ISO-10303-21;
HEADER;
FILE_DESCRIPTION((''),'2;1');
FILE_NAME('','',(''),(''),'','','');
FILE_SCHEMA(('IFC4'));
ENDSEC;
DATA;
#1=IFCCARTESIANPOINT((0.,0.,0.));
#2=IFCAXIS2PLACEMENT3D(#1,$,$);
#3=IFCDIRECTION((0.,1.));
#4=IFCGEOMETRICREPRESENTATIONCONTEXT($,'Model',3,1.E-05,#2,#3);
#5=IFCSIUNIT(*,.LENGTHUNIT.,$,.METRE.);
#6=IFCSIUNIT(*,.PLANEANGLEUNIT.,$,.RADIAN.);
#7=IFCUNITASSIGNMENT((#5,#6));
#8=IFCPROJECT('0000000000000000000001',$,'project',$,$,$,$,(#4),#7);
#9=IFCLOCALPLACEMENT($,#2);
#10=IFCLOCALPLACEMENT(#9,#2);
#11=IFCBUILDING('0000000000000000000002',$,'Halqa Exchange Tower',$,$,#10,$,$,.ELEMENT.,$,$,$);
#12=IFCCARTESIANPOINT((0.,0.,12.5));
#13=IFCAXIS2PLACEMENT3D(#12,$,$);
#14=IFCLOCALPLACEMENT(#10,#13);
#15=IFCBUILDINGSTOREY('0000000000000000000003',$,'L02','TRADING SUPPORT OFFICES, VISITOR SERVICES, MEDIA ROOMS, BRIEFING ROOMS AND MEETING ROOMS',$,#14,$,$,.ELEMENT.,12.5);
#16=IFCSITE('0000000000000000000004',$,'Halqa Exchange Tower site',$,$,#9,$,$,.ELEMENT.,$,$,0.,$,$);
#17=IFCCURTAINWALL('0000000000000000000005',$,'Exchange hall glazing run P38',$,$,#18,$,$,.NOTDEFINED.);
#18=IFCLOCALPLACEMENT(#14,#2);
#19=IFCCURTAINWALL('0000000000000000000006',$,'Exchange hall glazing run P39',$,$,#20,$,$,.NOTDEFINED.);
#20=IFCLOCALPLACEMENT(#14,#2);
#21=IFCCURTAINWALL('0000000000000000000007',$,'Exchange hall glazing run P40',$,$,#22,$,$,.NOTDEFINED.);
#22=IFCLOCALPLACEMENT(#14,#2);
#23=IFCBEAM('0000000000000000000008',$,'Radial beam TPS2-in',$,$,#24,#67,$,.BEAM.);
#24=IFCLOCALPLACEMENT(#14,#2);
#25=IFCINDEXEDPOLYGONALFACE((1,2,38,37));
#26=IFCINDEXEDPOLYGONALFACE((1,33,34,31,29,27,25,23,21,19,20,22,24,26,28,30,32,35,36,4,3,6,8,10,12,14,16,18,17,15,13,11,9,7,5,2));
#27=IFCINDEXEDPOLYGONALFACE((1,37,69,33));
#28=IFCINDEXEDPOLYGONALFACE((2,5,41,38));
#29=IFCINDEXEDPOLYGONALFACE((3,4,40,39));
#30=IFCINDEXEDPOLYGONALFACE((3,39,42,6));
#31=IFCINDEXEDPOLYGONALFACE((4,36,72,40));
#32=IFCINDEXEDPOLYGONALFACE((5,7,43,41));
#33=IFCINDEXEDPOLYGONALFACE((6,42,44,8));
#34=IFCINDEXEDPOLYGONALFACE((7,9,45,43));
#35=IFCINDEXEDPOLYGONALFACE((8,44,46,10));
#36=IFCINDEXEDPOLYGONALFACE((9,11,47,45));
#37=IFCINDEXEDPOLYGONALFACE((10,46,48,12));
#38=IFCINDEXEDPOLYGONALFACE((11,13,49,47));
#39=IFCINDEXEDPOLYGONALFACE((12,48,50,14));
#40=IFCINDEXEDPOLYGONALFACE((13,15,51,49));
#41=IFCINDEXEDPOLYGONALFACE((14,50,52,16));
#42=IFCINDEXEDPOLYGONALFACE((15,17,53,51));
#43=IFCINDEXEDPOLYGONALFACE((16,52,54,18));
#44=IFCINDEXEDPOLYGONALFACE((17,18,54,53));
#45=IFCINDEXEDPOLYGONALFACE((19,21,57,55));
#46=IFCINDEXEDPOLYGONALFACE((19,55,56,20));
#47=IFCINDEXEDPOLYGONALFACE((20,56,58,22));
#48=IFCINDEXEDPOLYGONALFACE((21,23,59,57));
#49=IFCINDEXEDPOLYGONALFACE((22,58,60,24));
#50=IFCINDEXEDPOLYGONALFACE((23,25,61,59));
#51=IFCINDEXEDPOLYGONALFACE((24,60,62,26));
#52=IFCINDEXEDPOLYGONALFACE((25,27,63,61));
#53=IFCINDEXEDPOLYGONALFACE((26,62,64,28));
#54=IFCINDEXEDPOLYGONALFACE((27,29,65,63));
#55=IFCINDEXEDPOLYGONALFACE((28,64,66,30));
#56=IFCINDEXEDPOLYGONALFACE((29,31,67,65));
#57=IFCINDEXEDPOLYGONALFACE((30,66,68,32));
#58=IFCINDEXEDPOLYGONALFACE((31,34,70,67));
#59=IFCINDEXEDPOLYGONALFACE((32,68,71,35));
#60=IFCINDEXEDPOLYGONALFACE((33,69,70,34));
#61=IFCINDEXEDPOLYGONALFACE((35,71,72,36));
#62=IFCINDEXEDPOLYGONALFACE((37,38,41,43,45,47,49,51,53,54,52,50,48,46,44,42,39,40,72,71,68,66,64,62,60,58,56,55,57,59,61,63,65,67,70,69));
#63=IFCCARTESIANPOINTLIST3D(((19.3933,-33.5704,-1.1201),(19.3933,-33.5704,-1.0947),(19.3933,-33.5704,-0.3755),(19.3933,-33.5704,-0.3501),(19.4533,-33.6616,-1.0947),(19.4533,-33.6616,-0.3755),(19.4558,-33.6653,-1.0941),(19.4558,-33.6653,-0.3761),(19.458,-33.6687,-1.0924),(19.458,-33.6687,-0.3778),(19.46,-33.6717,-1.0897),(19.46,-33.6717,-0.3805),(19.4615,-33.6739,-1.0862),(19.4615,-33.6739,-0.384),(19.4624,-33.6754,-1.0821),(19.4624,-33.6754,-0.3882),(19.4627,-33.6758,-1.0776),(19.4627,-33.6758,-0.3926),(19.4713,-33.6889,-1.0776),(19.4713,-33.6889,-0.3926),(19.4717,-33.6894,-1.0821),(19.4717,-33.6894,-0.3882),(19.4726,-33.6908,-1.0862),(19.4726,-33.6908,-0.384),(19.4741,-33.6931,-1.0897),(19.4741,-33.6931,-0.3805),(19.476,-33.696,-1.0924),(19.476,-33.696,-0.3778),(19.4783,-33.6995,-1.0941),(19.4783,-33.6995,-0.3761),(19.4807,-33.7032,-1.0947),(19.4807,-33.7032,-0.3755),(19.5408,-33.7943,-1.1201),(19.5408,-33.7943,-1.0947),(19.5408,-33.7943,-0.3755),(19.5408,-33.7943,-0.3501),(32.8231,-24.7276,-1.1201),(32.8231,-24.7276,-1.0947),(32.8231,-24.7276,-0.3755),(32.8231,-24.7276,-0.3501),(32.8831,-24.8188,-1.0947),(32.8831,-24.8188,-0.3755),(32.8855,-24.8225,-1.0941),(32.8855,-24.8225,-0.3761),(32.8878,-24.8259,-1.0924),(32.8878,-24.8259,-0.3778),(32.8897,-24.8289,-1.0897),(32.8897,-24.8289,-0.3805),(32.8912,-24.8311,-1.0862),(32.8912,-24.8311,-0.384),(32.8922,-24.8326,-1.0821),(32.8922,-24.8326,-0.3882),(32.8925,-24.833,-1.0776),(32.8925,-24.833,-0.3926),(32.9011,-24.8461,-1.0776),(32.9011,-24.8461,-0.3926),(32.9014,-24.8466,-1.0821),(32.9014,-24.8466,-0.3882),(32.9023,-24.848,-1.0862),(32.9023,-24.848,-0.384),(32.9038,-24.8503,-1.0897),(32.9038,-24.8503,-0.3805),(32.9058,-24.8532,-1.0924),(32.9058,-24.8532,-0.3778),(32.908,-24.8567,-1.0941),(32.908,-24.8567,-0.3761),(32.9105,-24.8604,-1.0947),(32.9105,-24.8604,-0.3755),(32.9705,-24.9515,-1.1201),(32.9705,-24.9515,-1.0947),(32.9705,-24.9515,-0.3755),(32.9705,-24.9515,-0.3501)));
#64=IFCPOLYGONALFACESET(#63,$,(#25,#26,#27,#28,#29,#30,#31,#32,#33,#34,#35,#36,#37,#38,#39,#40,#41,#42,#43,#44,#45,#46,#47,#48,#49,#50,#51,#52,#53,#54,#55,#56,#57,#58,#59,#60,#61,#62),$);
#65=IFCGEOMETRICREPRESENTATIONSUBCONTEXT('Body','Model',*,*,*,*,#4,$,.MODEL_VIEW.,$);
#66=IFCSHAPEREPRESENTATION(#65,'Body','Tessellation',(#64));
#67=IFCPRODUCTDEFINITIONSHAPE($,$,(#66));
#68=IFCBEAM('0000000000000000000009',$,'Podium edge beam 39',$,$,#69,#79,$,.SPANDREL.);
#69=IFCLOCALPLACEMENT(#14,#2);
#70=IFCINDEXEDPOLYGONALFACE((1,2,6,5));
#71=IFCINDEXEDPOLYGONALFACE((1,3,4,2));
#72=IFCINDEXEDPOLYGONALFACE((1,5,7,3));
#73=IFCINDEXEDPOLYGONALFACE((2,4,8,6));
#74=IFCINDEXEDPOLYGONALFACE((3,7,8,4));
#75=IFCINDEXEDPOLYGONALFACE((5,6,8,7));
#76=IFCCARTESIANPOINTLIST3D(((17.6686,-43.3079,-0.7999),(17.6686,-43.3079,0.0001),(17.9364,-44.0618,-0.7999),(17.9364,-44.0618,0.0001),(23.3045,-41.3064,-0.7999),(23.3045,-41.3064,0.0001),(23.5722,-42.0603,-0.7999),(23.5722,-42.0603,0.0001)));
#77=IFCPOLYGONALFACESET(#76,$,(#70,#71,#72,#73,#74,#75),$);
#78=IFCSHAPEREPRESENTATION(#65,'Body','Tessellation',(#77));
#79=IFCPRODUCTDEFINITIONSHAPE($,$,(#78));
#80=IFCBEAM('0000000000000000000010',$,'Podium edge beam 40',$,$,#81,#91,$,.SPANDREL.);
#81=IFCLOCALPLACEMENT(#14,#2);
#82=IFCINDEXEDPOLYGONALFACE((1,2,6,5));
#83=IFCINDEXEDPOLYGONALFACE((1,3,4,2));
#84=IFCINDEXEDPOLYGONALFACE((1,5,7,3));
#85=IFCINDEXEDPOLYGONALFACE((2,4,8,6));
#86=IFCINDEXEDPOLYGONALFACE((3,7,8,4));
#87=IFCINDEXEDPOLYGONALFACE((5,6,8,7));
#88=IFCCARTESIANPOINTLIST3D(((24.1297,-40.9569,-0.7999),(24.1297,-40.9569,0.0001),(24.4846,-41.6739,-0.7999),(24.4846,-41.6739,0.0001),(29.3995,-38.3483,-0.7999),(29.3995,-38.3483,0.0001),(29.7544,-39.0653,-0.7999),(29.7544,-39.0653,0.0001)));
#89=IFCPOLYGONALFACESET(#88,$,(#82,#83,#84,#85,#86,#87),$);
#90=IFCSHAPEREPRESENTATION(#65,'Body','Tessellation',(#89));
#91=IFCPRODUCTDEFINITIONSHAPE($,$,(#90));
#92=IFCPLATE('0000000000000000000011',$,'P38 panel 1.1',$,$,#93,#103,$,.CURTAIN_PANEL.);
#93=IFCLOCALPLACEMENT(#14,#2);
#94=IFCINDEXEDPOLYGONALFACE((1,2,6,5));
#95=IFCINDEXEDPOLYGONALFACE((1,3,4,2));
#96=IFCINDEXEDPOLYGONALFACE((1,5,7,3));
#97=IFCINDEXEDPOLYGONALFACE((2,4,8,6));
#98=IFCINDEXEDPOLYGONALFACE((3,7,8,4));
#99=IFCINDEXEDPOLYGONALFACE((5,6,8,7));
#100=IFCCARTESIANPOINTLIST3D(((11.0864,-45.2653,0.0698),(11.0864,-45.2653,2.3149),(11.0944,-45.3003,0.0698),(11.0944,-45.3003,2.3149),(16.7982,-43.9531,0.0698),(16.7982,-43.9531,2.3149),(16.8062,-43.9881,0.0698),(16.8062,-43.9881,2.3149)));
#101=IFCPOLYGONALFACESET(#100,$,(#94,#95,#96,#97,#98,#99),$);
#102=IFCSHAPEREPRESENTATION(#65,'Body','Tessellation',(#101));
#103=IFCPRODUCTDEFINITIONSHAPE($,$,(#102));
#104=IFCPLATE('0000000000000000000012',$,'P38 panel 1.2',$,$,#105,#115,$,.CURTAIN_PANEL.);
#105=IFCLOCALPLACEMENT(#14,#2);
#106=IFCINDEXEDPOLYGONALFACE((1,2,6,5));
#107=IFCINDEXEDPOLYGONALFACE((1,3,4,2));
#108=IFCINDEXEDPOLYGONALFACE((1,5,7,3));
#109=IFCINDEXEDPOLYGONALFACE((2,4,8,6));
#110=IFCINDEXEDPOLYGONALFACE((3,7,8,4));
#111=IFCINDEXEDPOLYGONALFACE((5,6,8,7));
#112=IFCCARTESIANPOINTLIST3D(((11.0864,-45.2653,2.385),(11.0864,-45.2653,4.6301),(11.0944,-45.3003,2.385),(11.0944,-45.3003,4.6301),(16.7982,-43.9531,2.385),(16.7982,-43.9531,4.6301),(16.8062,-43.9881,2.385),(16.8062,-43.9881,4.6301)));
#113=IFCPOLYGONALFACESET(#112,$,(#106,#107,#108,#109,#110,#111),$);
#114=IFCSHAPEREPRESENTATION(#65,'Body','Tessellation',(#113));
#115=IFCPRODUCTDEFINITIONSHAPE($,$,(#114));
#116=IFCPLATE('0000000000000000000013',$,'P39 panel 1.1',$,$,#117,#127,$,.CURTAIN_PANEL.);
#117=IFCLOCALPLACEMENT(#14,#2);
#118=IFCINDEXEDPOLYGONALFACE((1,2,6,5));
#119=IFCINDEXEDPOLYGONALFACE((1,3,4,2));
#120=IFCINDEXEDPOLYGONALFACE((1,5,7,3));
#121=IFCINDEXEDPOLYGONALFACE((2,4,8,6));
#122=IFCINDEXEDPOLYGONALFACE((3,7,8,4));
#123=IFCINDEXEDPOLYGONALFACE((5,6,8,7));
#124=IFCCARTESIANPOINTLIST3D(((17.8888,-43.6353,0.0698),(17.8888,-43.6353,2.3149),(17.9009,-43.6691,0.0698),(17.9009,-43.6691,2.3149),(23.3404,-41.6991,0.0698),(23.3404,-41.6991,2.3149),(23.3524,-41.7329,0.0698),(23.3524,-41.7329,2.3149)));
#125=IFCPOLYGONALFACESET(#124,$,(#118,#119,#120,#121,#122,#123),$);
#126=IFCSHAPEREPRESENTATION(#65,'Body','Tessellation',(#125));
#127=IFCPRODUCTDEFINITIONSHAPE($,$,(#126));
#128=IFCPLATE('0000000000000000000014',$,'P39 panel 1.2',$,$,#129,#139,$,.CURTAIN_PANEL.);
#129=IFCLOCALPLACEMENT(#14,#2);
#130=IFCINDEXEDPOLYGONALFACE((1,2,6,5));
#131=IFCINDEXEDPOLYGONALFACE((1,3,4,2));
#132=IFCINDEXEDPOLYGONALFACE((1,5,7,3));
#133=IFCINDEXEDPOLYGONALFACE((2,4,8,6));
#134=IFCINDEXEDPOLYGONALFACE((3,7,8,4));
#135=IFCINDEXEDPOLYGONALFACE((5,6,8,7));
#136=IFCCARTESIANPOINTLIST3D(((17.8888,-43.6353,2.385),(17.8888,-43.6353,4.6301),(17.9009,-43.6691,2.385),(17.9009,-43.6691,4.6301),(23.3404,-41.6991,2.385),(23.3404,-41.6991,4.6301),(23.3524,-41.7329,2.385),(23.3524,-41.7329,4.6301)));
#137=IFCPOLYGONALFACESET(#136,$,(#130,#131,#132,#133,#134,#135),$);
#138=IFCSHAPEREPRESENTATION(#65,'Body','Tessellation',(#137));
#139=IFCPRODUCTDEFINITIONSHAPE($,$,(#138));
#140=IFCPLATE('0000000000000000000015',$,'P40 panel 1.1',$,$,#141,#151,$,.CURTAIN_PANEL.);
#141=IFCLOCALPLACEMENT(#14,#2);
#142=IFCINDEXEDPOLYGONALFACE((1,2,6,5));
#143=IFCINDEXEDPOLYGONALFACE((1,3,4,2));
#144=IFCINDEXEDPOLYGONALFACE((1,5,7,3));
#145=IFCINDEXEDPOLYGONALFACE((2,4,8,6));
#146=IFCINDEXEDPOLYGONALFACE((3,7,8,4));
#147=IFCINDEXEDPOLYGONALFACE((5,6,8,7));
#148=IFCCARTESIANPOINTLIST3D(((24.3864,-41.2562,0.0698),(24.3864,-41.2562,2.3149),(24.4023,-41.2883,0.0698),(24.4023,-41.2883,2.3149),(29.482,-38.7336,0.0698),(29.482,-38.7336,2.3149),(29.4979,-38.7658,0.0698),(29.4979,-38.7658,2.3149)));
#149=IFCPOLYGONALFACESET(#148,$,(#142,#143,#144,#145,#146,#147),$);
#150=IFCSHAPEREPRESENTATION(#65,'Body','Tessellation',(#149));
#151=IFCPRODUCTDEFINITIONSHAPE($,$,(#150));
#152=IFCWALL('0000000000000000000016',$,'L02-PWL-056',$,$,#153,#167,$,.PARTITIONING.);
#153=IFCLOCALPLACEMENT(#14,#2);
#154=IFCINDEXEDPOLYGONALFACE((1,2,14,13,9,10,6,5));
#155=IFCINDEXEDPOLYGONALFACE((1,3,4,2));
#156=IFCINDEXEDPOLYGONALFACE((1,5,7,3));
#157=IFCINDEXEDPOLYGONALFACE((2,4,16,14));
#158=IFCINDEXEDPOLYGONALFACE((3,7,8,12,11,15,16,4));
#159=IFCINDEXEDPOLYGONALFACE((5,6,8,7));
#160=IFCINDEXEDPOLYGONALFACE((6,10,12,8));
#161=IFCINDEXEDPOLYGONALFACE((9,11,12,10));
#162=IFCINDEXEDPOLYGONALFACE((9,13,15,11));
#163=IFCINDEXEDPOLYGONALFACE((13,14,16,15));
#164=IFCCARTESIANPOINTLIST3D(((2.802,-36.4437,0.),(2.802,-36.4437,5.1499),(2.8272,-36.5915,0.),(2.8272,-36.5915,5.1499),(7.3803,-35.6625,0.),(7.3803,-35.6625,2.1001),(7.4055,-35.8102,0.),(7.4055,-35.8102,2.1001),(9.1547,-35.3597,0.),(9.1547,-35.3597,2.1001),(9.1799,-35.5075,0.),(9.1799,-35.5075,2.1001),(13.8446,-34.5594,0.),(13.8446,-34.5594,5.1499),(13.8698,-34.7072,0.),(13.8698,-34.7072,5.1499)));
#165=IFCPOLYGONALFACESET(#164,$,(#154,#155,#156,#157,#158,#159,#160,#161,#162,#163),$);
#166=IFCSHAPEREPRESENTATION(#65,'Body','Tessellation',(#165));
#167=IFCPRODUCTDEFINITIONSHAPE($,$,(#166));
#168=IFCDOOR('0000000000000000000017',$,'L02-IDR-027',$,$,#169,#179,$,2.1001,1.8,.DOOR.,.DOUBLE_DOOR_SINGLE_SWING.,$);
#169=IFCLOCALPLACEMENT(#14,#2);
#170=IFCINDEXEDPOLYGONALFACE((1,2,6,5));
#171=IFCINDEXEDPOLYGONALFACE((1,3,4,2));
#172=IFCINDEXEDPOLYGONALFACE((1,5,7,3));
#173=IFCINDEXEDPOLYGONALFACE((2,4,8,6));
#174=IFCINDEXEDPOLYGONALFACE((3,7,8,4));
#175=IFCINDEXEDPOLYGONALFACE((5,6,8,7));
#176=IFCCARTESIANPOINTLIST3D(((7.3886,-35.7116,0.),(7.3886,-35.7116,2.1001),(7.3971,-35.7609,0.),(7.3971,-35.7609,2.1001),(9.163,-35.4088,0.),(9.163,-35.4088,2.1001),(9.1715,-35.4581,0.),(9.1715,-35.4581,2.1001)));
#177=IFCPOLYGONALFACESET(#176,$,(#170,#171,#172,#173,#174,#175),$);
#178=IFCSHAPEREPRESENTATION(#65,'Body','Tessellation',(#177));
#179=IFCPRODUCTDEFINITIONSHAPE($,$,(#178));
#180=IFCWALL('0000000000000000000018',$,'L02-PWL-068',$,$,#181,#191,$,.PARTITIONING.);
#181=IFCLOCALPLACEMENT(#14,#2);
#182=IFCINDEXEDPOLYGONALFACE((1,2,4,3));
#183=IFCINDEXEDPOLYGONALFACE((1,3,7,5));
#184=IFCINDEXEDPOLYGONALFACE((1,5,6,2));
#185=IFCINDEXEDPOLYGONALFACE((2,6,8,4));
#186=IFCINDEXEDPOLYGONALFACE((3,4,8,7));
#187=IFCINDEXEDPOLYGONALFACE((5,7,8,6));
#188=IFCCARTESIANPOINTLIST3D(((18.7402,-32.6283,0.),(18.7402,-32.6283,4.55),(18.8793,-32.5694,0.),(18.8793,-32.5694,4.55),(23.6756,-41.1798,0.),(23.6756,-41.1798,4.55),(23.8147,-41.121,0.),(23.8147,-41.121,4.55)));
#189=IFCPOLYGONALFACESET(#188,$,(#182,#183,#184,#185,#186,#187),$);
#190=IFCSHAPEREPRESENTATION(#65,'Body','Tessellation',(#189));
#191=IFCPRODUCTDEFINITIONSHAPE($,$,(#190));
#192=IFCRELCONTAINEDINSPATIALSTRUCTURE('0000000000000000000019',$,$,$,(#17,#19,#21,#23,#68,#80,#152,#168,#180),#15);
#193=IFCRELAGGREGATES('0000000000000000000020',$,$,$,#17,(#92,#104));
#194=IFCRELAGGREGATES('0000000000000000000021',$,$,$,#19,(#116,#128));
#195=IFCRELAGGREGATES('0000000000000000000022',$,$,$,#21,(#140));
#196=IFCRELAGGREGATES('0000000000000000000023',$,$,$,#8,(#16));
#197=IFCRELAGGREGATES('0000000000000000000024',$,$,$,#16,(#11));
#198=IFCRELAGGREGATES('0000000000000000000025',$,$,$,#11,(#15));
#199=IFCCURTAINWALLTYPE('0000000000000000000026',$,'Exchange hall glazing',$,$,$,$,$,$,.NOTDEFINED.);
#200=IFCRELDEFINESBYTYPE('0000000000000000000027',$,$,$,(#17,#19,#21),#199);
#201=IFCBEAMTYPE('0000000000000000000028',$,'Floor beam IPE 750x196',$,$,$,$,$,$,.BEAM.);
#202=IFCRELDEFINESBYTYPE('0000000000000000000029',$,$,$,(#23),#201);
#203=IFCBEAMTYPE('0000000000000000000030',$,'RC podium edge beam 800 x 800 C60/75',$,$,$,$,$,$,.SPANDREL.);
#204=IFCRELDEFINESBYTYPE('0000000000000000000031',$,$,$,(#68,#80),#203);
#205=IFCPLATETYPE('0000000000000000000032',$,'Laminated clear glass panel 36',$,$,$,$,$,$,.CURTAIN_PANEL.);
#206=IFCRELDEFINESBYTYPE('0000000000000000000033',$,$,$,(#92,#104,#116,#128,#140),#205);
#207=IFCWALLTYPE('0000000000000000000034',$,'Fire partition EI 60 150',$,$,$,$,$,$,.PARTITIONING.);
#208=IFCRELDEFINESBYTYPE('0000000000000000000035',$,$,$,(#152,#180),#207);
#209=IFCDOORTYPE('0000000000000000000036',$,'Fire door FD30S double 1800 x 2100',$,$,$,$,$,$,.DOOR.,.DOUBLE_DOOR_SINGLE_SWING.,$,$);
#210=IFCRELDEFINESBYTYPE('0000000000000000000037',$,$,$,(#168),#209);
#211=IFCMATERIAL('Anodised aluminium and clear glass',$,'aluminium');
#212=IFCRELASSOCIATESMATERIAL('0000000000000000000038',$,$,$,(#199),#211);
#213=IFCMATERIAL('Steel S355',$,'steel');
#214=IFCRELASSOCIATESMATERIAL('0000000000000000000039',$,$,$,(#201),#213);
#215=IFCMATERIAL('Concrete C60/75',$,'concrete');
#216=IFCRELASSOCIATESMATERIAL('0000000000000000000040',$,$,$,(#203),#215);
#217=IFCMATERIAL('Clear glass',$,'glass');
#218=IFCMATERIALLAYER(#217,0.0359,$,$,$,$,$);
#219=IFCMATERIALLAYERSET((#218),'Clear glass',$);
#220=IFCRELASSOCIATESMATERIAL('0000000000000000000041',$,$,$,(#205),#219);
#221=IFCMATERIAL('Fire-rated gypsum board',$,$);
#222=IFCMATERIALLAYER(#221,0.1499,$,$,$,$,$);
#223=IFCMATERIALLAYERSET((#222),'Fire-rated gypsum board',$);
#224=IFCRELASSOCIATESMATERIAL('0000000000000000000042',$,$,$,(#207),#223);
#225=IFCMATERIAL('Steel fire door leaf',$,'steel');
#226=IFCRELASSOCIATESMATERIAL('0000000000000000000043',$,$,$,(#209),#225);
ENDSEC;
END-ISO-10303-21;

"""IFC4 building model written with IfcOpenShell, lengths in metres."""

from ifc_helpers import new_model, si_unit, direction, frame, frame_2d, origin, origin_2d, place, context, subcontext, project, spatial, polyline, rectangle, i_section, outline, extrude, material, layer, layer_set, material_profile, profile_set, type_object, element, fill, aggregate, save


model = new_model("IFC4")

# Units and contexts
model_context = context("Model", 3, precision=1e-05, world=origin(), true_north=direction((0.0, 1.0)))
body_context = subcontext(model_context, "Body", "Model", "MODEL_VIEW")
ifc_project = project(units=[si_unit("LENGTHUNIT", "METRE"), si_unit("PLANEANGLEUNIT", "RADIAN")], contexts=[model_context])

# Site, building, storey
site_placement = place(None, origin())
site = spatial("IfcSite", under=ifc_project, at=site_placement, Name="Halqa Exchange Tower site", CompositionType="ELEMENT", RefElevation=0.0)
building_placement = place(site_placement, origin())
building = spatial("IfcBuilding", under=site, at=building_placement, Name="Halqa Exchange Tower", CompositionType="ELEMENT")
storey_placement = place(building_placement, frame((0.0, 0.0, 12.5)))
storey = spatial("IfcBuildingStorey", under=building, at=storey_placement, Name="L02", Description="TRADING SUPPORT OFFICES, VISITOR SERVICES, MEDIA ROOMS, BRIEFING ROOMS AND MEETING ROOMS", CompositionType="ELEMENT", Elevation=12.5)

# Shared definitions
ifc_material_1 = material(Name="Concrete C60/75", Category="concrete")

# Curtain wall
ifc_material_2 = material(Name="Anodised aluminium and clear glass", Category="aluminium")
curtain_wall_type = type_object("IfcCurtainWallType", Name="Exchange hall glazing", PredefinedType="NOTDEFINED", material=ifc_material_2)
curtain_wall_1_placement = place(storey_placement, origin())
curtain_wall_1 = element("IfcCurtainWall", 1, at=curtain_wall_1_placement, inside=storey, type_object=curtain_wall_type, Name="Exchange hall glazing run P38", PredefinedType="NOTDEFINED")

# Curtain wall
curtain_wall_2_placement = place(storey_placement, origin())
curtain_wall_2 = element("IfcCurtainWall", 2, at=curtain_wall_2_placement, inside=storey, type_object=curtain_wall_type, Name="Exchange hall glazing run P39", PredefinedType="NOTDEFINED")

# Curtain wall
curtain_wall_3_placement = place(storey_placement, origin())
curtain_wall_3 = element("IfcCurtainWall", 3, at=curtain_wall_3_placement, inside=storey, type_object=curtain_wall_type, Name="Exchange hall glazing run P40", PredefinedType="NOTDEFINED")

# Beams
ifc_material_3 = material(Name="Steel S355", Category="steel")
ifc_material_profile_1 = material_profile(ifc_material_3, i_section(OverallWidth=0.2681, OverallDepth=0.77, WebThickness=0.0156, FlangeThickness=0.0254, FilletRadius=0.0171, at=origin_2d()), Name="IPE 750x196")
ifc_profile_set_1 = profile_set([ifc_material_profile_1], Name="Steel S355")
beam_type_1 = type_object("IfcBeamType", Name="Floor beam IPE 750x196", PredefinedType="BEAM", material=ifc_profile_set_1)
beam_1_placement = place(storey_placement, frame((19.467, -33.6824, -0.7351), z_axis=(0.835204, 0.54994, 0.0), x_axis=(-0.54994, 0.835204, 0.0)))
element("IfcBeam", 4, at=beam_1_placement, inside=storey, type_object=beam_type_1, Name="Radial beam TPS2-in", PredefinedType="BEAM", context=body_context, shape_type="SweptSolid", body=[
    extrude(i_section(OverallWidth=0.2681, OverallDepth=0.77, WebThickness=0.0156, FlangeThickness=0.0254, FilletRadius=0.0171, at=origin_2d()), origin(), (0.0, 0.0, 1.0), 16.0796),
])
ifc_material_profile_2 = material_profile(ifc_material_1, rectangle(XDim=0.8, YDim=0.8, at=origin_2d()), Name="800 x 800")
ifc_profile_set_2 = profile_set([ifc_material_profile_2], Name="Concrete C60/75")
beam_type_2 = type_object("IfcBeamType", Name="RC podium edge beam 800 x 800 C60/75", PredefinedType="SPANDREL", material=ifc_profile_set_2)
beam_2_placement = place(storey_placement, frame((17.8025, -43.6848, -0.3999), z_axis=(0.942343, 0.334647, 0.0), x_axis=(-0.334647, 0.942343, 0.0)))
element("IfcBeam", 5, at=beam_2_placement, inside=storey, type_object=beam_type_2, Name="Podium edge beam 39", PredefinedType="SPANDREL", context=body_context, shape_type="SweptSolid", body=[
    extrude(rectangle(XDim=0.8, YDim=0.8, at=origin_2d()), origin(), (0.0, 0.0, 1.0), 5.9807),
])
beam_3_placement = place(storey_placement, frame((24.3071, -41.3154, -0.3999), z_axis=(0.896205, 0.443639, 0.0), x_axis=(-0.443639, 0.896205, 0.0)))
element("IfcBeam", 6, at=beam_3_placement, inside=storey, type_object=beam_type_2, Name="Podium edge beam 40", PredefinedType="SPANDREL", context=body_context, shape_type="SweptSolid", body=[
    extrude(rectangle(XDim=0.8, YDim=0.8, at=origin_2d()), origin(), (0.0, 0.0, 1.0), 5.8801),
])

# Plates
ifc_material_4 = material(Name="Clear glass", Category="glass")
ifc_layer_1 = layer(ifc_material_4, 0.0359)
ifc_layer_set_1 = layer_set([ifc_layer_1], Name="Clear glass")
plate_type = type_object("IfcPlateType", Name="Laminated clear glass panel 36", PredefinedType="CURTAIN_PANEL", material=ifc_layer_set_1)
plate_1_placement = place(storey_placement, frame((13.9463, -44.6267, 0.0698), z_axis=(0.0, 0.0, 1.0), x_axis=(0.974613, 0.223897, 0.0)))
plate_1 = element("IfcPlate", 7, at=plate_1_placement, type_object=plate_type, Name="P38 panel 1.1", PredefinedType="CURTAIN_PANEL", context=body_context, shape_type="SweptSolid", body=[
    extrude(rectangle(XDim=5.8606, YDim=0.0359, at=origin_2d()), origin(), (0.0, 0.0, 1.0), 2.2451),
])
plate_2_placement = place(storey_placement, frame((13.9463, -44.6267, 2.385), z_axis=(0.0, 0.0, 1.0), x_axis=(0.974613, 0.223897, 0.0)))
plate_2 = element("IfcPlate", 8, at=plate_2_placement, type_object=plate_type, Name="P38 panel 1.2", PredefinedType="CURTAIN_PANEL", context=body_context, shape_type="SweptSolid", body=[
    extrude(rectangle(XDim=5.8606, YDim=0.0359, at=origin_2d()), origin(), (0.0, 0.0, 1.0), 2.2451),
])
aggregate(curtain_wall_1, [plate_1, plate_2])
plate_3_placement = place(storey_placement, frame((20.6206, -42.6841, 0.0698), z_axis=(0.0, 0.0, 1.0), x_axis=(0.942329, 0.334688, 0.0)))
plate_3 = element("IfcPlate", 9, at=plate_3_placement, type_object=plate_type, Name="P39 panel 1.1", PredefinedType="CURTAIN_PANEL", context=body_context, shape_type="SweptSolid", body=[
    extrude(rectangle(XDim=5.7852, YDim=0.0359, at=origin_2d()), origin(), (0.0, 0.0, 1.0), 2.2451),
])
plate_4_placement = place(storey_placement, frame((20.6206, -42.6841, 2.385), z_axis=(0.0, 0.0, 1.0), x_axis=(0.942329, 0.334688, 0.0)))
plate_4 = element("IfcPlate", 10, at=plate_4_placement, type_object=plate_type, Name="P39 panel 1.2", PredefinedType="CURTAIN_PANEL", context=body_context, shape_type="SweptSolid", body=[
    extrude(rectangle(XDim=5.7852, YDim=0.0359, at=origin_2d()), origin(), (0.0, 0.0, 1.0), 2.2451),
])
aggregate(curtain_wall_2, [plate_3, plate_4])
plate_5_placement = place(storey_placement, frame((26.9421, -40.011, 0.0698), z_axis=(0.0, 0.0, 1.0), x_axis=(0.896198, 0.443653, 0.0)))
plate_5 = element("IfcPlate", 11, at=plate_5_placement, type_object=plate_type, Name="P40 panel 1.1", PredefinedType="CURTAIN_PANEL", context=body_context, shape_type="SweptSolid", body=[
    extrude(rectangle(XDim=5.6858, YDim=0.0359, at=origin_2d()), origin(), (0.0, 0.0, 1.0), 2.2451),
])
aggregate(curtain_wall_3, [plate_5])

# Wall, opening, door
ifc_material_5 = material(Name="Fire-rated gypsum board")
ifc_layer_2 = layer(ifc_material_5, 0.1499)
ifc_layer_set_2 = layer_set([ifc_layer_2], Name="Fire-rated gypsum board")
wall_type_1 = type_object("IfcWallType", Name="Fire partition EI 60 150", PredefinedType="PARTITIONING", material=ifc_layer_set_2)
wall_1_placement = place(storey_placement, frame((13.8572, -34.6333, 0.0), z_axis=(0.0, 0.0, 1.0), x_axis=(-0.985752, -0.168208, 0.0)))
wall_1 = element("IfcWall", 12, at=wall_1_placement, inside=storey, type_object=wall_type_1, Name="L02-PWL-056", PredefinedType="PARTITIONING", context=body_context, shape_type="SweptSolid", body=[
    extrude(rectangle(XDim=11.2021, YDim=0.1499, at=frame_2d((5.6011, 0.0))), origin(), (0.0, 0.0, 1.0), 5.1499),
])
opening_1_placement = place(wall_1_placement, frame((4.7578, 0.0, 0.0)))
opening_1 = element("IfcOpeningElement", 13, at=opening_1_placement, cuts=wall_1, PredefinedType="OPENING", context=body_context, shape_type="SweptSolid", body=[
    extrude(rectangle(XDim=1.8, YDim=2.1001, at=frame_2d((0.8999, 1.05))), frame((0.0, 0.0869, 0.0), z_axis=(0.0, -1.0, 0.0), x_axis=(1.0, 0.0, 0.0)), (0.0, 0.0, 1.0), 0.1738),
])
ifc_material_6 = material(Name="Steel fire door leaf", Category="steel")
door_type_1 = type_object("IfcDoorType", Name="Fire door FD30S double 1800 x 2100", OperationType="DOUBLE_DOOR_SINGLE_SWING", PredefinedType="DOOR", material=ifc_material_6)
door_1_placement = place(opening_1_placement, origin())
door_1 = element("IfcDoor", 14, at=door_1_placement, inside=storey, type_object=door_type_1, Name="L02-IDR-027", OperationType="DOUBLE_DOOR_SINGLE_SWING", OverallHeight=2.1001, OverallWidth=1.8, PredefinedType="DOOR", context=body_context, shape_type="SweptSolid", body=[
    extrude(rectangle(XDim=1.8, YDim=2.1001, at=frame_2d((0.8999, 1.05))), frame((0.0, 0.0249, 0.0), z_axis=(0.0, -1.0, 0.0), x_axis=(1.0, 0.0, 0.0)), (0.0, 0.0, 1.0), 0.05),
])
fill(opening_1, door_1)

# Wall
wall_2_placement = place(storey_placement, frame((23.7451, -41.1504, 0.0), z_axis=(0.0, 0.0, 1.0), x_axis=(-0.499854, 0.866109, 0.0)))
element("IfcWall", 15, at=wall_2_placement, inside=storey, type_object=wall_type_1, Name="L02-PWL-068", PredefinedType="PARTITIONING", context=body_context, shape_type="SweptSolid", body=[
    extrude(outline(polyline([(-0.0093, -0.075), (9.8643, -0.075), (9.8828, 0.075), (0.0093, 0.075), (-0.0093, -0.075)])), origin(), (0.0, 0.0, 1.0), 4.55),
])

save(model, "model.ifc")
